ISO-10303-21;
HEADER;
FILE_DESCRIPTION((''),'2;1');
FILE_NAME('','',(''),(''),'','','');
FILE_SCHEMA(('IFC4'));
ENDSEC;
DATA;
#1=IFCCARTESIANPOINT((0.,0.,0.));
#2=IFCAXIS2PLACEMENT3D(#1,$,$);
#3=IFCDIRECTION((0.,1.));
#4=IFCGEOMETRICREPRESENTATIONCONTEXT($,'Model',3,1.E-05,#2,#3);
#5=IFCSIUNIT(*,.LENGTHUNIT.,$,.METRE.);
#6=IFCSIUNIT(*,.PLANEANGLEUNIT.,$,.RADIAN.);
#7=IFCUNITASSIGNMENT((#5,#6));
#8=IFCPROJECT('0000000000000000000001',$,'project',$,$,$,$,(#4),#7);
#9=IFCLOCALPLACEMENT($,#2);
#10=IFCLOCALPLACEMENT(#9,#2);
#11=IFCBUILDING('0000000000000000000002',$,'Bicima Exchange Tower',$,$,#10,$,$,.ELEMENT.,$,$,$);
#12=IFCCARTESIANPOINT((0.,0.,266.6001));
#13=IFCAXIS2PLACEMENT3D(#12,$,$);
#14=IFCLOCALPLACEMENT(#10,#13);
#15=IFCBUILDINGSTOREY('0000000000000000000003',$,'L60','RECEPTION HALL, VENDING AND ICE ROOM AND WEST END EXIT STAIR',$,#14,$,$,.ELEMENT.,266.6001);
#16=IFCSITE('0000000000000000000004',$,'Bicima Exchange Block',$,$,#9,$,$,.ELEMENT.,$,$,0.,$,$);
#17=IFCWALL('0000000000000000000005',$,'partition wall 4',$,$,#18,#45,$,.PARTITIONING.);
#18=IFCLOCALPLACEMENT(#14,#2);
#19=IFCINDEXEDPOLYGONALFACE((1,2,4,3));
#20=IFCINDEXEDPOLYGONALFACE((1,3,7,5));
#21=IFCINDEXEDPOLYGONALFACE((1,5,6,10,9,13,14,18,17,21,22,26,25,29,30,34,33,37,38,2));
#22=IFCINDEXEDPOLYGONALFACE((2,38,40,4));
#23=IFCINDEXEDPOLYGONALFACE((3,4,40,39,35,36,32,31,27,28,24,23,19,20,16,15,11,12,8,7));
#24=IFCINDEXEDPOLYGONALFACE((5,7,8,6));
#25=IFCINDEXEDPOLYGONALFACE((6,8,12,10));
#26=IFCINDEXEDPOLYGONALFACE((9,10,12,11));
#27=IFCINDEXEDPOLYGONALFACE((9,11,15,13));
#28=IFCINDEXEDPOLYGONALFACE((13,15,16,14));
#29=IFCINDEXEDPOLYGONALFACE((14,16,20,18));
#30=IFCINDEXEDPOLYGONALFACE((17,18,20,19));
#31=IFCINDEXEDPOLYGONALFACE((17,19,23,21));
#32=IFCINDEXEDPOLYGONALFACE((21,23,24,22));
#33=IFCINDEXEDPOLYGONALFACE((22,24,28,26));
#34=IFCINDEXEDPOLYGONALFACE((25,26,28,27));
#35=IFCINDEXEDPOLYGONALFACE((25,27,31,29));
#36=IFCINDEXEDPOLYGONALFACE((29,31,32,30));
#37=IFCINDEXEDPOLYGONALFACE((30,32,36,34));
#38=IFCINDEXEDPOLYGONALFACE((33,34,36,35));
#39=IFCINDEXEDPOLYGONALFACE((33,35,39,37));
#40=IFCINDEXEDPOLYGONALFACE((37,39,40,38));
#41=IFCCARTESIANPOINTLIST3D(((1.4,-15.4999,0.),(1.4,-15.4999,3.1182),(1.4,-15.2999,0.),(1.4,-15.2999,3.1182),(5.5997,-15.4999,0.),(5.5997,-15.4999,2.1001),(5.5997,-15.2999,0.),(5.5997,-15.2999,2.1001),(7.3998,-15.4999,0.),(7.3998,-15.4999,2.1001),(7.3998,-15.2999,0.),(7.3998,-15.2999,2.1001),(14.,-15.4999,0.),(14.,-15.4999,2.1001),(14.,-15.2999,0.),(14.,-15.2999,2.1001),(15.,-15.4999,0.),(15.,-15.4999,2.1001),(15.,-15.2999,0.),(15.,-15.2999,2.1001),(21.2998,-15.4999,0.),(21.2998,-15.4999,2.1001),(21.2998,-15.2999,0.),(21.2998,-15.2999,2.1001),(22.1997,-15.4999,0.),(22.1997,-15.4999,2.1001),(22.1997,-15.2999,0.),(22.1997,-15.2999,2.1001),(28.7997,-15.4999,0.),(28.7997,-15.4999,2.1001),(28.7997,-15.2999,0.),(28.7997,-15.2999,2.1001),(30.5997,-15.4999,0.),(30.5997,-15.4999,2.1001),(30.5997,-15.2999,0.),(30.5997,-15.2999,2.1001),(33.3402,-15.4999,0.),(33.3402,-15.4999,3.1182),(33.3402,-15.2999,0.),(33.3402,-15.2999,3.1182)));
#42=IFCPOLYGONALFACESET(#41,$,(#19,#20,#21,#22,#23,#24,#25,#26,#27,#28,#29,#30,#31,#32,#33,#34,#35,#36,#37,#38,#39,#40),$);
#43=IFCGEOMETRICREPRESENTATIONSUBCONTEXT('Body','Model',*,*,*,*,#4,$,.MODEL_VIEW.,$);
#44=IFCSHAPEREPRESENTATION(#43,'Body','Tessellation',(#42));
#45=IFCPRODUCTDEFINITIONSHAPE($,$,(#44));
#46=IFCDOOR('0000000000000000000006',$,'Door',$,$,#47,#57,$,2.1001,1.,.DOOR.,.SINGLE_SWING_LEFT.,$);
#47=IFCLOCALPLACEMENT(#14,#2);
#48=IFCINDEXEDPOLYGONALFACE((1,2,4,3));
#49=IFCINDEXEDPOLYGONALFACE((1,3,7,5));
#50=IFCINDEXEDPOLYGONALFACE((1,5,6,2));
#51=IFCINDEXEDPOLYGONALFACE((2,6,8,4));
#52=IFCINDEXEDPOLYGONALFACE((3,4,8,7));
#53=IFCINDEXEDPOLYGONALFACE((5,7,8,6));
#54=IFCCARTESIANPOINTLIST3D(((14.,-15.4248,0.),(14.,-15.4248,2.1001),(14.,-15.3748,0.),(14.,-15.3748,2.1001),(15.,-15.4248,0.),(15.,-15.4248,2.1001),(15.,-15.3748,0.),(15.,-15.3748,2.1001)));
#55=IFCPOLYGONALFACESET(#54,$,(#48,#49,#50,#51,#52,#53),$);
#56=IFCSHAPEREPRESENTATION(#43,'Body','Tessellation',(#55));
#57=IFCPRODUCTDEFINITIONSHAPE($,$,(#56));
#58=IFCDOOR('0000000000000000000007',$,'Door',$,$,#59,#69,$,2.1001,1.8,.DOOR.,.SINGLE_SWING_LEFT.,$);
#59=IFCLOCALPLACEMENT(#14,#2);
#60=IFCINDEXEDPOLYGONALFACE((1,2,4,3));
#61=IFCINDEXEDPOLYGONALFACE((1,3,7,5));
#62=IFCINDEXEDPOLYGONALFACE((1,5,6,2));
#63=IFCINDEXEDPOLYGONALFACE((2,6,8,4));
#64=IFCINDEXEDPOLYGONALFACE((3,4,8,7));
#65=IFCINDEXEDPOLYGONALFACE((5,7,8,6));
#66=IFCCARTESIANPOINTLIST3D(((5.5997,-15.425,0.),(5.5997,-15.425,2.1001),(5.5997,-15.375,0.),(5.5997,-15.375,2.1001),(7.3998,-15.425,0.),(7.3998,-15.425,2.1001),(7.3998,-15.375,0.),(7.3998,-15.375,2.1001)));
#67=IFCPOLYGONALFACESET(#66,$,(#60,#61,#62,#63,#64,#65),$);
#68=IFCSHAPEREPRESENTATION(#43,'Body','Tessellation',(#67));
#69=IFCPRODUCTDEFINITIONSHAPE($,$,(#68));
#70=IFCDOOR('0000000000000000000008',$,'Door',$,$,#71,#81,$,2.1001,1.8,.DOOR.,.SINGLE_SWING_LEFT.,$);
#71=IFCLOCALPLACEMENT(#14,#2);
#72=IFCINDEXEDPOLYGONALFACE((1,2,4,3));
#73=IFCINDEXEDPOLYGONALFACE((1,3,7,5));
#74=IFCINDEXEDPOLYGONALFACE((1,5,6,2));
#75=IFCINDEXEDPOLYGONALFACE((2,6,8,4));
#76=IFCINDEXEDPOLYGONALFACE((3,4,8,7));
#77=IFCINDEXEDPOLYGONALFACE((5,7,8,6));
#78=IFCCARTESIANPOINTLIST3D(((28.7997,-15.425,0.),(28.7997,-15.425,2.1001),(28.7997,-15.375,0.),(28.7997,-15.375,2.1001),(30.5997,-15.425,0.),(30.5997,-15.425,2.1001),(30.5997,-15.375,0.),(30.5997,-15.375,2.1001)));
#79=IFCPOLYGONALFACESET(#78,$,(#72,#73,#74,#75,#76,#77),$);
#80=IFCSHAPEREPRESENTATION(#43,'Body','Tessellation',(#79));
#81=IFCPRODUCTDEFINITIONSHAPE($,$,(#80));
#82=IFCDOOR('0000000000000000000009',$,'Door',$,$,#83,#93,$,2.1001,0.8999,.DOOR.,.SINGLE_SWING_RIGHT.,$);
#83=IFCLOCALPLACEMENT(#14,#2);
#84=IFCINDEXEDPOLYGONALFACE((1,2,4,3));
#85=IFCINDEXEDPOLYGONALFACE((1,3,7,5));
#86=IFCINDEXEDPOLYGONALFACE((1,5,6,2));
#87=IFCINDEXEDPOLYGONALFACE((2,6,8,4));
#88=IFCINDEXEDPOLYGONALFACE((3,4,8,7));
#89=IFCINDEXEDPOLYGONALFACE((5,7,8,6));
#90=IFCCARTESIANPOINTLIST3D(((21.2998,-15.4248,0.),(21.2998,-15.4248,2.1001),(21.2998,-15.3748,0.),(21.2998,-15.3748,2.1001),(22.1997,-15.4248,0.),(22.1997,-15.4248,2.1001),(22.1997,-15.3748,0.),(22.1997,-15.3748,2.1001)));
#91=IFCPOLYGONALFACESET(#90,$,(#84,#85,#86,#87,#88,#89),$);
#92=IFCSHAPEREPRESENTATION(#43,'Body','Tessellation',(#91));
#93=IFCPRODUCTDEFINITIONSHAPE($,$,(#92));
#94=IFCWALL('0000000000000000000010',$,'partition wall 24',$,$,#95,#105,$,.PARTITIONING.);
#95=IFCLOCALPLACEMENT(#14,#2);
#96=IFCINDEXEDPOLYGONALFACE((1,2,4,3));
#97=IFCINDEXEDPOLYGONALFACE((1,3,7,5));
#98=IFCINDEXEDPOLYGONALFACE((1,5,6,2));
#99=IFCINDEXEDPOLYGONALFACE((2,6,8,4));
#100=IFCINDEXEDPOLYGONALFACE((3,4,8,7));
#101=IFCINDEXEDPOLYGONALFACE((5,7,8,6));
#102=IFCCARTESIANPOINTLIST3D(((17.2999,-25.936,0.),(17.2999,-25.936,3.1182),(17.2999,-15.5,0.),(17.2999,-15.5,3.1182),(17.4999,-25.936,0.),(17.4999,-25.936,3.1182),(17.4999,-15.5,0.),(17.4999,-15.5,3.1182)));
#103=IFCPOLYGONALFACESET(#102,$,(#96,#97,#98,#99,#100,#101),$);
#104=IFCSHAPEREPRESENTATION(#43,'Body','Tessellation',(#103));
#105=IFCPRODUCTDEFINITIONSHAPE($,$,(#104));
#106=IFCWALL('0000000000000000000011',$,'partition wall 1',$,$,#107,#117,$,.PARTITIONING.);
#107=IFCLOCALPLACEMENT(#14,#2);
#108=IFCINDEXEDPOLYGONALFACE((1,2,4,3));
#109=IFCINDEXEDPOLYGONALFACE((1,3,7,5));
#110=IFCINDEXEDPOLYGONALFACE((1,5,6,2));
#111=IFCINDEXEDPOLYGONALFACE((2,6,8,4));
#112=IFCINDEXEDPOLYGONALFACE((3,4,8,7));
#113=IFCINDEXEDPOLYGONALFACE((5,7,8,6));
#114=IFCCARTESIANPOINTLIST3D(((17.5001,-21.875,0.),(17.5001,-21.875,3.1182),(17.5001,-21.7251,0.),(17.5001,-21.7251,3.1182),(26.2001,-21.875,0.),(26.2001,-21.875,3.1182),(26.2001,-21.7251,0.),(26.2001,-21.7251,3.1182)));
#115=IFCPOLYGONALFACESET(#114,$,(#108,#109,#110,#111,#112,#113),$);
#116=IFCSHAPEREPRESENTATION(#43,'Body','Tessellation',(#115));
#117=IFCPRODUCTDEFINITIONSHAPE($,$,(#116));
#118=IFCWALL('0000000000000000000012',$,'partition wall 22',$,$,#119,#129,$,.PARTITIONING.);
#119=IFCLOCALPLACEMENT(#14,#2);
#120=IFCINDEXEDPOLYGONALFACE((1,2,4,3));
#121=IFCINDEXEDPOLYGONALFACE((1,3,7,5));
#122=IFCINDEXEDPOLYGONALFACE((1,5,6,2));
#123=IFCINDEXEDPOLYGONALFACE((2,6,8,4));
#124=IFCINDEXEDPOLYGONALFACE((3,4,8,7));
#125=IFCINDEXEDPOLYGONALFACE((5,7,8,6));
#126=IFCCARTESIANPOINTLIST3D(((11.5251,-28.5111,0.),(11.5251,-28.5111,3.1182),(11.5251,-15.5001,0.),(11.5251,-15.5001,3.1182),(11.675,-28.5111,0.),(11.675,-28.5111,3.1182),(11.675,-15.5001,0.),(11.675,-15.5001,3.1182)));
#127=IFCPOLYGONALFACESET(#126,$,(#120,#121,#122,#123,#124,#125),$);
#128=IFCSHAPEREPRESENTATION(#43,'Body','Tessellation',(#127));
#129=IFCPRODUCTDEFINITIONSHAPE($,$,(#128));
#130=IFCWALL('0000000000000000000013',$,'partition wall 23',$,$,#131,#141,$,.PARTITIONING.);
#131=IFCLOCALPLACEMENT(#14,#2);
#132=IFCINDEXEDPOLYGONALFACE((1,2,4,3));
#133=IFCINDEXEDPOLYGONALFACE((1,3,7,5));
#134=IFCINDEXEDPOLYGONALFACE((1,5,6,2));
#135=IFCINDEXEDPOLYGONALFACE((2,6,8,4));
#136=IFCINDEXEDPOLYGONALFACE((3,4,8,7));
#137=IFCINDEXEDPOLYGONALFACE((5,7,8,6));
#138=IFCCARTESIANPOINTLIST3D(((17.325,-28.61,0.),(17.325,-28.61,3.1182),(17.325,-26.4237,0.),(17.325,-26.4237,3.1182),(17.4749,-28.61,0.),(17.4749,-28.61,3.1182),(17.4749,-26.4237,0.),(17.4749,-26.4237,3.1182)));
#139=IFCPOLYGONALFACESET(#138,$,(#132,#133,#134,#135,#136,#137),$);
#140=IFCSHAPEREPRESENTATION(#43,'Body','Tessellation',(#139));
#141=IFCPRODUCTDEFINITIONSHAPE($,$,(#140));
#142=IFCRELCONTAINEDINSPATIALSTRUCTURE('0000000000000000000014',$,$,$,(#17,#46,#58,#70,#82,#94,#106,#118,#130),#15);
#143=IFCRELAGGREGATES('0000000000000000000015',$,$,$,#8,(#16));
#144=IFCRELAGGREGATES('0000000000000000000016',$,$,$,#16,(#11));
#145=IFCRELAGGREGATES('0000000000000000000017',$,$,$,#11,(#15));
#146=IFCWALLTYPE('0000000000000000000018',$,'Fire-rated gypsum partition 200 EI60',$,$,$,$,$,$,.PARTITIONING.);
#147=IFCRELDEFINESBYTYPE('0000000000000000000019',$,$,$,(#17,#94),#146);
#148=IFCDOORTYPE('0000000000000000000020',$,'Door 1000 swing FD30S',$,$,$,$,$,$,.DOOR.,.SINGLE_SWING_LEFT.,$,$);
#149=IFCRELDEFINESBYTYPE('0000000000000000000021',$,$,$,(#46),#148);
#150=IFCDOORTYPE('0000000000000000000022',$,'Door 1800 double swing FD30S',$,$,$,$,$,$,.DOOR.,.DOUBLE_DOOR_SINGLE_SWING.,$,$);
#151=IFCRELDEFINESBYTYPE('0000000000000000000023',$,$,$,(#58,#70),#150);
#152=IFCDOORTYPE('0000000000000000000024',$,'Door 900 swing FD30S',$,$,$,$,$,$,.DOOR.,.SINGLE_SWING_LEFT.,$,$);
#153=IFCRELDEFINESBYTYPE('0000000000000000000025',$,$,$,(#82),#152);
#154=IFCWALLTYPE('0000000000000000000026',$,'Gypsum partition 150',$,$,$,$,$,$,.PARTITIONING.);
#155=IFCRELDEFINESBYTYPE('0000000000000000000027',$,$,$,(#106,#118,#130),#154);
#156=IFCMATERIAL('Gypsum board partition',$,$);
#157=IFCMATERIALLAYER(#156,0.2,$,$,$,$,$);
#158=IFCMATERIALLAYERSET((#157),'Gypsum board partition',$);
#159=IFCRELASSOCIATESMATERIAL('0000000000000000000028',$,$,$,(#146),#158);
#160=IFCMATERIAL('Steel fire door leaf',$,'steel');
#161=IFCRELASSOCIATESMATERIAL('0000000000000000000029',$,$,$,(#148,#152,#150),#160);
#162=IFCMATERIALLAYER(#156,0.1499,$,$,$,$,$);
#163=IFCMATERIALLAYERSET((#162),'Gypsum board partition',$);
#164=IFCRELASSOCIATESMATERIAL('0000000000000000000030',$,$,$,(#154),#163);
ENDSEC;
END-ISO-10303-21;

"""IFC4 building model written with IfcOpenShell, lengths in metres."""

from ifc_helpers import new_model, si_unit, direction, frame, frame_2d, origin, place, context, subcontext, project, spatial, rectangle, extrude, material, layer, layer_set, type_object, element, fill, save


model = new_model("IFC4")

# Units and contexts
model_context = context("Model", 3, precision=1e-05, world=origin(), true_north=direction((0.0, 1.0)))
body_context = subcontext(model_context, "Body", "Model", "MODEL_VIEW")
ifc_project = project(units=[si_unit("LENGTHUNIT", "METRE"), si_unit("PLANEANGLEUNIT", "RADIAN")], contexts=[model_context])

# Site, building, storey
site_placement = place(None, origin())
site = spatial("IfcSite", under=ifc_project, at=site_placement, Name="Bicima Exchange Block", CompositionType="ELEMENT", RefElevation=0.0)
building_placement = place(site_placement, origin())
building = spatial("IfcBuilding", under=site, at=building_placement, Name="Bicima Exchange Tower", CompositionType="ELEMENT")
storey_placement = place(building_placement, frame((0.0, 0.0, 266.6001)))
storey = spatial("IfcBuildingStorey", under=building, at=storey_placement, Name="L60", Description="RECEPTION HALL, VENDING AND ICE ROOM AND WEST END EXIT STAIR", CompositionType="ELEMENT", Elevation=266.6001)

# Wall, openings, doors
ifc_material_1 = material(Name="Gypsum board partition")
ifc_layer_1 = layer(ifc_material_1, 0.2)
ifc_layer_set_1 = layer_set([ifc_layer_1], Name="Gypsum board partition")
wall_type_1 = type_object("IfcWallType", Name="Fire-rated gypsum partition 200 EI60", PredefinedType="PARTITIONING", material=ifc_layer_set_1)
ifc_material_2 = material(Name="Steel fire door leaf", Category="steel")
door_type_1 = type_object("IfcDoorType", Name="Door 1000 swing FD30S", OperationType="SINGLE_SWING_LEFT", PredefinedType="DOOR", material=ifc_material_2)
door_type_2 = type_object("IfcDoorType", Name="Door 900 swing FD30S", OperationType="SINGLE_SWING_LEFT", PredefinedType="DOOR", material=ifc_material_2)
wall_1_placement = place(storey_placement, frame((1.3999, -15.3999, 0.0), z_axis=(0.0, 0.0, 1.0), x_axis=(1.0, 0.0, 0.0)))
wall_1 = element("IfcWall", 1, at=wall_1_placement, inside=storey, type_object=wall_type_1, Name="partition wall 4", PredefinedType="PARTITIONING", context=body_context, shape_type="SweptSolid", body=[
    extrude(rectangle(XDim=31.9402, YDim=0.2, at=frame_2d((15.9702, 0.0))), origin(), (0.0, 0.0, 1.0), 3.1182),
])
opening_1_placement = place(wall_1_placement, frame((4.2, 0.0, 0.0)))
opening_1 = element("IfcOpeningElement", 2, at=opening_1_placement, cuts=wall_1, PredefinedType="OPENING", context=body_context, shape_type="SweptSolid", body=[
    extrude(rectangle(XDim=1.8, YDim=2.1001, at=frame_2d((0.8999, 1.05))), frame((0.0, 0.1118, 0.0), z_axis=(0.0, -1.0, 0.0), x_axis=(1.0, 0.0, 0.0)), (0.0, 0.0, 1.0), 0.2239),
])
opening_2_placement = place(wall_1_placement, frame((12.6001, 0.0, 0.0)))
opening_2 = element("IfcOpeningElement", 3, at=opening_2_placement, cuts=wall_1, PredefinedType="OPENING", context=body_context, shape_type="SweptSolid", body=[
    extrude(rectangle(XDim=1.0, YDim=2.1001, at=frame_2d((0.5, 1.05))), frame((0.0, 0.1118, 0.0), z_axis=(0.0, -1.0, 0.0), x_axis=(1.0, 0.0, 0.0)), (0.0, 0.0, 1.0), 0.2239),
])
opening_3_placement = place(wall_1_placement, frame((19.8999, 0.0, 0.0)))
opening_3 = element("IfcOpeningElement", 4, at=opening_3_placement, cuts=wall_1, PredefinedType="OPENING", context=body_context, shape_type="SweptSolid", body=[
    extrude(rectangle(XDim=0.8999, YDim=2.1001, at=frame_2d((0.45, 1.05))), frame((0.0, 0.1118, 0.0), z_axis=(0.0, -1.0, 0.0), x_axis=(1.0, 0.0, 0.0)), (0.0, 0.0, 1.0), 0.2239),
])
opening_4_placement = place(wall_1_placement, frame((27.3999, 0.0, 0.0)))
opening_4 = element("IfcOpeningElement", 5, at=opening_4_placement, cuts=wall_1, PredefinedType="OPENING", context=body_context, shape_type="SweptSolid", body=[
    extrude(rectangle(XDim=1.8, YDim=2.1001, at=frame_2d((0.8999, 1.05))), frame((0.0, 0.1118, 0.0), z_axis=(0.0, -1.0, 0.0), x_axis=(1.0, 0.0, 0.0)), (0.0, 0.0, 1.0), 0.2239),
])
door_1_placement = place(opening_2_placement, frame((1.0, 0.0, 0.0), z_axis=(0.0, 0.0, 1.0), x_axis=(-1.0, 0.0, 0.0)))
door_1 = element("IfcDoor", 6, at=door_1_placement, inside=storey, type_object=door_type_1, Name="Door", OperationType="SINGLE_SWING_LEFT", OverallHeight=2.1001, OverallWidth=1.0, PredefinedType="DOOR", context=body_context, shape_type="SweptSolid", body=[
    extrude(rectangle(XDim=1.0, YDim=2.1001, at=frame_2d((0.5, 1.05))), frame((0.0, 0.0249, 0.0), z_axis=(0.0, -1.0, 0.0), x_axis=(1.0, 0.0, 0.0)), (0.0, 0.0, 1.0), 0.05),
])
fill(opening_2, door_1)
door_type_3 = type_object("IfcDoorType", Name="Door 1800 double swing FD30S", OperationType="DOUBLE_DOOR_SINGLE_SWING", PredefinedType="DOOR", material=ifc_material_2)
door_2_placement = place(opening_1_placement, origin())
door_2 = element("IfcDoor", 7, at=door_2_placement, inside=storey, type_object=door_type_3, Name="Door", OperationType="SINGLE_SWING_LEFT", OverallHeight=2.1001, OverallWidth=1.8, PredefinedType="DOOR", context=body_context, shape_type="SweptSolid", body=[
    extrude(rectangle(XDim=1.8, YDim=2.1001, at=frame_2d((0.8999, 1.05))), frame((0.0, 0.0249, 0.0), z_axis=(0.0, -1.0, 0.0), x_axis=(1.0, 0.0, 0.0)), (0.0, 0.0, 1.0), 0.05),
])
fill(opening_1, door_2)
door_3_placement = place(opening_4_placement, origin())
door_3 = element("IfcDoor", 8, at=door_3_placement, inside=storey, type_object=door_type_3, Name="Door", OperationType="SINGLE_SWING_LEFT", OverallHeight=2.1001, OverallWidth=1.8, PredefinedType="DOOR", context=body_context, shape_type="SweptSolid", body=[
    extrude(rectangle(XDim=1.8, YDim=2.1001, at=frame_2d((0.8999, 1.05))), frame((0.0, 0.0249, 0.0), z_axis=(0.0, -1.0, 0.0), x_axis=(1.0, 0.0, 0.0)), (0.0, 0.0, 1.0), 0.05),
])
fill(opening_4, door_3)
door_4_placement = place(opening_3_placement, frame((0.8999, 0.0, 0.0), z_axis=(0.0, 0.0, 1.0), x_axis=(-1.0, 0.0, 0.0)))
door_4 = element("IfcDoor", 9, at=door_4_placement, inside=storey, type_object=door_type_2, Name="Door", OperationType="SINGLE_SWING_RIGHT", OverallHeight=2.1001, OverallWidth=0.8999, PredefinedType="DOOR", context=body_context, shape_type="SweptSolid", body=[
    extrude(rectangle(XDim=0.8999, YDim=2.1001, at=frame_2d((0.45, 1.05))), frame((0.0, 0.0249, 0.0), z_axis=(0.0, -1.0, 0.0), x_axis=(1.0, 0.0, 0.0)), (0.0, 0.0, 1.0), 0.05),
])
fill(opening_3, door_4)

# Walls
wall_2_placement = place(storey_placement, frame((17.3999, -25.936, 0.0), z_axis=(0.0, 0.0, 1.0), x_axis=(0.0, 1.0, 0.0)))
element("IfcWall", 10, at=wall_2_placement, inside=storey, type_object=wall_type_1, Name="partition wall 24", PredefinedType="PARTITIONING", context=body_context, shape_type="SweptSolid", body=[
    extrude(rectangle(XDim=10.436, YDim=0.2, at=frame_2d((5.218, 0.0))), origin(), (0.0, 0.0, 1.0), 3.1182),
])
ifc_layer_2 = layer(ifc_material_1, 0.1499)
ifc_layer_set_2 = layer_set([ifc_layer_2], Name="Gypsum board partition")
wall_type_2 = type_object("IfcWallType", Name="Gypsum partition 150", PredefinedType="PARTITIONING", material=ifc_layer_set_2)
wall_3_placement = place(storey_placement, frame((17.5, -21.8, 0.0), z_axis=(0.0, 0.0, 1.0), x_axis=(1.0, 0.0, 0.0)))
element("IfcWall", 11, at=wall_3_placement, inside=storey, type_object=wall_type_2, Name="partition wall 1", PredefinedType="PARTITIONING", context=body_context, shape_type="SweptSolid", body=[
    extrude(rectangle(XDim=8.7, YDim=0.1499, at=frame_2d((4.3501, 0.0))), origin(), (0.0, 0.0, 1.0), 3.1182),
])
wall_4_placement = place(storey_placement, frame((11.6001, -28.511, 0.0), z_axis=(0.0, 0.0, 1.0), x_axis=(0.0, 1.0, 0.0)))
element("IfcWall", 12, at=wall_4_placement, inside=storey, type_object=wall_type_2, Name="partition wall 22", PredefinedType="PARTITIONING", context=body_context, shape_type="SweptSolid", body=[
    extrude(rectangle(XDim=13.011, YDim=0.1499, at=frame_2d((6.5054, 0.0))), origin(), (0.0, 0.0, 1.0), 3.1182),
])
wall_5_placement = place(storey_placement, frame((17.3999, -28.6101, 0.0), z_axis=(0.0, 0.0, 1.0), x_axis=(0.0, 1.0, 0.0)))
element("IfcWall", 13, at=wall_5_placement, inside=storey, type_object=wall_type_2, Name="partition wall 23", PredefinedType="PARTITIONING", context=body_context, shape_type="SweptSolid", body=[
    extrude(rectangle(XDim=2.1863, YDim=0.1499, at=frame_2d((1.0933, 0.0))), origin(), (0.0, 0.0, 1.0), 3.1182),
])

save(model, "model.ifc")
